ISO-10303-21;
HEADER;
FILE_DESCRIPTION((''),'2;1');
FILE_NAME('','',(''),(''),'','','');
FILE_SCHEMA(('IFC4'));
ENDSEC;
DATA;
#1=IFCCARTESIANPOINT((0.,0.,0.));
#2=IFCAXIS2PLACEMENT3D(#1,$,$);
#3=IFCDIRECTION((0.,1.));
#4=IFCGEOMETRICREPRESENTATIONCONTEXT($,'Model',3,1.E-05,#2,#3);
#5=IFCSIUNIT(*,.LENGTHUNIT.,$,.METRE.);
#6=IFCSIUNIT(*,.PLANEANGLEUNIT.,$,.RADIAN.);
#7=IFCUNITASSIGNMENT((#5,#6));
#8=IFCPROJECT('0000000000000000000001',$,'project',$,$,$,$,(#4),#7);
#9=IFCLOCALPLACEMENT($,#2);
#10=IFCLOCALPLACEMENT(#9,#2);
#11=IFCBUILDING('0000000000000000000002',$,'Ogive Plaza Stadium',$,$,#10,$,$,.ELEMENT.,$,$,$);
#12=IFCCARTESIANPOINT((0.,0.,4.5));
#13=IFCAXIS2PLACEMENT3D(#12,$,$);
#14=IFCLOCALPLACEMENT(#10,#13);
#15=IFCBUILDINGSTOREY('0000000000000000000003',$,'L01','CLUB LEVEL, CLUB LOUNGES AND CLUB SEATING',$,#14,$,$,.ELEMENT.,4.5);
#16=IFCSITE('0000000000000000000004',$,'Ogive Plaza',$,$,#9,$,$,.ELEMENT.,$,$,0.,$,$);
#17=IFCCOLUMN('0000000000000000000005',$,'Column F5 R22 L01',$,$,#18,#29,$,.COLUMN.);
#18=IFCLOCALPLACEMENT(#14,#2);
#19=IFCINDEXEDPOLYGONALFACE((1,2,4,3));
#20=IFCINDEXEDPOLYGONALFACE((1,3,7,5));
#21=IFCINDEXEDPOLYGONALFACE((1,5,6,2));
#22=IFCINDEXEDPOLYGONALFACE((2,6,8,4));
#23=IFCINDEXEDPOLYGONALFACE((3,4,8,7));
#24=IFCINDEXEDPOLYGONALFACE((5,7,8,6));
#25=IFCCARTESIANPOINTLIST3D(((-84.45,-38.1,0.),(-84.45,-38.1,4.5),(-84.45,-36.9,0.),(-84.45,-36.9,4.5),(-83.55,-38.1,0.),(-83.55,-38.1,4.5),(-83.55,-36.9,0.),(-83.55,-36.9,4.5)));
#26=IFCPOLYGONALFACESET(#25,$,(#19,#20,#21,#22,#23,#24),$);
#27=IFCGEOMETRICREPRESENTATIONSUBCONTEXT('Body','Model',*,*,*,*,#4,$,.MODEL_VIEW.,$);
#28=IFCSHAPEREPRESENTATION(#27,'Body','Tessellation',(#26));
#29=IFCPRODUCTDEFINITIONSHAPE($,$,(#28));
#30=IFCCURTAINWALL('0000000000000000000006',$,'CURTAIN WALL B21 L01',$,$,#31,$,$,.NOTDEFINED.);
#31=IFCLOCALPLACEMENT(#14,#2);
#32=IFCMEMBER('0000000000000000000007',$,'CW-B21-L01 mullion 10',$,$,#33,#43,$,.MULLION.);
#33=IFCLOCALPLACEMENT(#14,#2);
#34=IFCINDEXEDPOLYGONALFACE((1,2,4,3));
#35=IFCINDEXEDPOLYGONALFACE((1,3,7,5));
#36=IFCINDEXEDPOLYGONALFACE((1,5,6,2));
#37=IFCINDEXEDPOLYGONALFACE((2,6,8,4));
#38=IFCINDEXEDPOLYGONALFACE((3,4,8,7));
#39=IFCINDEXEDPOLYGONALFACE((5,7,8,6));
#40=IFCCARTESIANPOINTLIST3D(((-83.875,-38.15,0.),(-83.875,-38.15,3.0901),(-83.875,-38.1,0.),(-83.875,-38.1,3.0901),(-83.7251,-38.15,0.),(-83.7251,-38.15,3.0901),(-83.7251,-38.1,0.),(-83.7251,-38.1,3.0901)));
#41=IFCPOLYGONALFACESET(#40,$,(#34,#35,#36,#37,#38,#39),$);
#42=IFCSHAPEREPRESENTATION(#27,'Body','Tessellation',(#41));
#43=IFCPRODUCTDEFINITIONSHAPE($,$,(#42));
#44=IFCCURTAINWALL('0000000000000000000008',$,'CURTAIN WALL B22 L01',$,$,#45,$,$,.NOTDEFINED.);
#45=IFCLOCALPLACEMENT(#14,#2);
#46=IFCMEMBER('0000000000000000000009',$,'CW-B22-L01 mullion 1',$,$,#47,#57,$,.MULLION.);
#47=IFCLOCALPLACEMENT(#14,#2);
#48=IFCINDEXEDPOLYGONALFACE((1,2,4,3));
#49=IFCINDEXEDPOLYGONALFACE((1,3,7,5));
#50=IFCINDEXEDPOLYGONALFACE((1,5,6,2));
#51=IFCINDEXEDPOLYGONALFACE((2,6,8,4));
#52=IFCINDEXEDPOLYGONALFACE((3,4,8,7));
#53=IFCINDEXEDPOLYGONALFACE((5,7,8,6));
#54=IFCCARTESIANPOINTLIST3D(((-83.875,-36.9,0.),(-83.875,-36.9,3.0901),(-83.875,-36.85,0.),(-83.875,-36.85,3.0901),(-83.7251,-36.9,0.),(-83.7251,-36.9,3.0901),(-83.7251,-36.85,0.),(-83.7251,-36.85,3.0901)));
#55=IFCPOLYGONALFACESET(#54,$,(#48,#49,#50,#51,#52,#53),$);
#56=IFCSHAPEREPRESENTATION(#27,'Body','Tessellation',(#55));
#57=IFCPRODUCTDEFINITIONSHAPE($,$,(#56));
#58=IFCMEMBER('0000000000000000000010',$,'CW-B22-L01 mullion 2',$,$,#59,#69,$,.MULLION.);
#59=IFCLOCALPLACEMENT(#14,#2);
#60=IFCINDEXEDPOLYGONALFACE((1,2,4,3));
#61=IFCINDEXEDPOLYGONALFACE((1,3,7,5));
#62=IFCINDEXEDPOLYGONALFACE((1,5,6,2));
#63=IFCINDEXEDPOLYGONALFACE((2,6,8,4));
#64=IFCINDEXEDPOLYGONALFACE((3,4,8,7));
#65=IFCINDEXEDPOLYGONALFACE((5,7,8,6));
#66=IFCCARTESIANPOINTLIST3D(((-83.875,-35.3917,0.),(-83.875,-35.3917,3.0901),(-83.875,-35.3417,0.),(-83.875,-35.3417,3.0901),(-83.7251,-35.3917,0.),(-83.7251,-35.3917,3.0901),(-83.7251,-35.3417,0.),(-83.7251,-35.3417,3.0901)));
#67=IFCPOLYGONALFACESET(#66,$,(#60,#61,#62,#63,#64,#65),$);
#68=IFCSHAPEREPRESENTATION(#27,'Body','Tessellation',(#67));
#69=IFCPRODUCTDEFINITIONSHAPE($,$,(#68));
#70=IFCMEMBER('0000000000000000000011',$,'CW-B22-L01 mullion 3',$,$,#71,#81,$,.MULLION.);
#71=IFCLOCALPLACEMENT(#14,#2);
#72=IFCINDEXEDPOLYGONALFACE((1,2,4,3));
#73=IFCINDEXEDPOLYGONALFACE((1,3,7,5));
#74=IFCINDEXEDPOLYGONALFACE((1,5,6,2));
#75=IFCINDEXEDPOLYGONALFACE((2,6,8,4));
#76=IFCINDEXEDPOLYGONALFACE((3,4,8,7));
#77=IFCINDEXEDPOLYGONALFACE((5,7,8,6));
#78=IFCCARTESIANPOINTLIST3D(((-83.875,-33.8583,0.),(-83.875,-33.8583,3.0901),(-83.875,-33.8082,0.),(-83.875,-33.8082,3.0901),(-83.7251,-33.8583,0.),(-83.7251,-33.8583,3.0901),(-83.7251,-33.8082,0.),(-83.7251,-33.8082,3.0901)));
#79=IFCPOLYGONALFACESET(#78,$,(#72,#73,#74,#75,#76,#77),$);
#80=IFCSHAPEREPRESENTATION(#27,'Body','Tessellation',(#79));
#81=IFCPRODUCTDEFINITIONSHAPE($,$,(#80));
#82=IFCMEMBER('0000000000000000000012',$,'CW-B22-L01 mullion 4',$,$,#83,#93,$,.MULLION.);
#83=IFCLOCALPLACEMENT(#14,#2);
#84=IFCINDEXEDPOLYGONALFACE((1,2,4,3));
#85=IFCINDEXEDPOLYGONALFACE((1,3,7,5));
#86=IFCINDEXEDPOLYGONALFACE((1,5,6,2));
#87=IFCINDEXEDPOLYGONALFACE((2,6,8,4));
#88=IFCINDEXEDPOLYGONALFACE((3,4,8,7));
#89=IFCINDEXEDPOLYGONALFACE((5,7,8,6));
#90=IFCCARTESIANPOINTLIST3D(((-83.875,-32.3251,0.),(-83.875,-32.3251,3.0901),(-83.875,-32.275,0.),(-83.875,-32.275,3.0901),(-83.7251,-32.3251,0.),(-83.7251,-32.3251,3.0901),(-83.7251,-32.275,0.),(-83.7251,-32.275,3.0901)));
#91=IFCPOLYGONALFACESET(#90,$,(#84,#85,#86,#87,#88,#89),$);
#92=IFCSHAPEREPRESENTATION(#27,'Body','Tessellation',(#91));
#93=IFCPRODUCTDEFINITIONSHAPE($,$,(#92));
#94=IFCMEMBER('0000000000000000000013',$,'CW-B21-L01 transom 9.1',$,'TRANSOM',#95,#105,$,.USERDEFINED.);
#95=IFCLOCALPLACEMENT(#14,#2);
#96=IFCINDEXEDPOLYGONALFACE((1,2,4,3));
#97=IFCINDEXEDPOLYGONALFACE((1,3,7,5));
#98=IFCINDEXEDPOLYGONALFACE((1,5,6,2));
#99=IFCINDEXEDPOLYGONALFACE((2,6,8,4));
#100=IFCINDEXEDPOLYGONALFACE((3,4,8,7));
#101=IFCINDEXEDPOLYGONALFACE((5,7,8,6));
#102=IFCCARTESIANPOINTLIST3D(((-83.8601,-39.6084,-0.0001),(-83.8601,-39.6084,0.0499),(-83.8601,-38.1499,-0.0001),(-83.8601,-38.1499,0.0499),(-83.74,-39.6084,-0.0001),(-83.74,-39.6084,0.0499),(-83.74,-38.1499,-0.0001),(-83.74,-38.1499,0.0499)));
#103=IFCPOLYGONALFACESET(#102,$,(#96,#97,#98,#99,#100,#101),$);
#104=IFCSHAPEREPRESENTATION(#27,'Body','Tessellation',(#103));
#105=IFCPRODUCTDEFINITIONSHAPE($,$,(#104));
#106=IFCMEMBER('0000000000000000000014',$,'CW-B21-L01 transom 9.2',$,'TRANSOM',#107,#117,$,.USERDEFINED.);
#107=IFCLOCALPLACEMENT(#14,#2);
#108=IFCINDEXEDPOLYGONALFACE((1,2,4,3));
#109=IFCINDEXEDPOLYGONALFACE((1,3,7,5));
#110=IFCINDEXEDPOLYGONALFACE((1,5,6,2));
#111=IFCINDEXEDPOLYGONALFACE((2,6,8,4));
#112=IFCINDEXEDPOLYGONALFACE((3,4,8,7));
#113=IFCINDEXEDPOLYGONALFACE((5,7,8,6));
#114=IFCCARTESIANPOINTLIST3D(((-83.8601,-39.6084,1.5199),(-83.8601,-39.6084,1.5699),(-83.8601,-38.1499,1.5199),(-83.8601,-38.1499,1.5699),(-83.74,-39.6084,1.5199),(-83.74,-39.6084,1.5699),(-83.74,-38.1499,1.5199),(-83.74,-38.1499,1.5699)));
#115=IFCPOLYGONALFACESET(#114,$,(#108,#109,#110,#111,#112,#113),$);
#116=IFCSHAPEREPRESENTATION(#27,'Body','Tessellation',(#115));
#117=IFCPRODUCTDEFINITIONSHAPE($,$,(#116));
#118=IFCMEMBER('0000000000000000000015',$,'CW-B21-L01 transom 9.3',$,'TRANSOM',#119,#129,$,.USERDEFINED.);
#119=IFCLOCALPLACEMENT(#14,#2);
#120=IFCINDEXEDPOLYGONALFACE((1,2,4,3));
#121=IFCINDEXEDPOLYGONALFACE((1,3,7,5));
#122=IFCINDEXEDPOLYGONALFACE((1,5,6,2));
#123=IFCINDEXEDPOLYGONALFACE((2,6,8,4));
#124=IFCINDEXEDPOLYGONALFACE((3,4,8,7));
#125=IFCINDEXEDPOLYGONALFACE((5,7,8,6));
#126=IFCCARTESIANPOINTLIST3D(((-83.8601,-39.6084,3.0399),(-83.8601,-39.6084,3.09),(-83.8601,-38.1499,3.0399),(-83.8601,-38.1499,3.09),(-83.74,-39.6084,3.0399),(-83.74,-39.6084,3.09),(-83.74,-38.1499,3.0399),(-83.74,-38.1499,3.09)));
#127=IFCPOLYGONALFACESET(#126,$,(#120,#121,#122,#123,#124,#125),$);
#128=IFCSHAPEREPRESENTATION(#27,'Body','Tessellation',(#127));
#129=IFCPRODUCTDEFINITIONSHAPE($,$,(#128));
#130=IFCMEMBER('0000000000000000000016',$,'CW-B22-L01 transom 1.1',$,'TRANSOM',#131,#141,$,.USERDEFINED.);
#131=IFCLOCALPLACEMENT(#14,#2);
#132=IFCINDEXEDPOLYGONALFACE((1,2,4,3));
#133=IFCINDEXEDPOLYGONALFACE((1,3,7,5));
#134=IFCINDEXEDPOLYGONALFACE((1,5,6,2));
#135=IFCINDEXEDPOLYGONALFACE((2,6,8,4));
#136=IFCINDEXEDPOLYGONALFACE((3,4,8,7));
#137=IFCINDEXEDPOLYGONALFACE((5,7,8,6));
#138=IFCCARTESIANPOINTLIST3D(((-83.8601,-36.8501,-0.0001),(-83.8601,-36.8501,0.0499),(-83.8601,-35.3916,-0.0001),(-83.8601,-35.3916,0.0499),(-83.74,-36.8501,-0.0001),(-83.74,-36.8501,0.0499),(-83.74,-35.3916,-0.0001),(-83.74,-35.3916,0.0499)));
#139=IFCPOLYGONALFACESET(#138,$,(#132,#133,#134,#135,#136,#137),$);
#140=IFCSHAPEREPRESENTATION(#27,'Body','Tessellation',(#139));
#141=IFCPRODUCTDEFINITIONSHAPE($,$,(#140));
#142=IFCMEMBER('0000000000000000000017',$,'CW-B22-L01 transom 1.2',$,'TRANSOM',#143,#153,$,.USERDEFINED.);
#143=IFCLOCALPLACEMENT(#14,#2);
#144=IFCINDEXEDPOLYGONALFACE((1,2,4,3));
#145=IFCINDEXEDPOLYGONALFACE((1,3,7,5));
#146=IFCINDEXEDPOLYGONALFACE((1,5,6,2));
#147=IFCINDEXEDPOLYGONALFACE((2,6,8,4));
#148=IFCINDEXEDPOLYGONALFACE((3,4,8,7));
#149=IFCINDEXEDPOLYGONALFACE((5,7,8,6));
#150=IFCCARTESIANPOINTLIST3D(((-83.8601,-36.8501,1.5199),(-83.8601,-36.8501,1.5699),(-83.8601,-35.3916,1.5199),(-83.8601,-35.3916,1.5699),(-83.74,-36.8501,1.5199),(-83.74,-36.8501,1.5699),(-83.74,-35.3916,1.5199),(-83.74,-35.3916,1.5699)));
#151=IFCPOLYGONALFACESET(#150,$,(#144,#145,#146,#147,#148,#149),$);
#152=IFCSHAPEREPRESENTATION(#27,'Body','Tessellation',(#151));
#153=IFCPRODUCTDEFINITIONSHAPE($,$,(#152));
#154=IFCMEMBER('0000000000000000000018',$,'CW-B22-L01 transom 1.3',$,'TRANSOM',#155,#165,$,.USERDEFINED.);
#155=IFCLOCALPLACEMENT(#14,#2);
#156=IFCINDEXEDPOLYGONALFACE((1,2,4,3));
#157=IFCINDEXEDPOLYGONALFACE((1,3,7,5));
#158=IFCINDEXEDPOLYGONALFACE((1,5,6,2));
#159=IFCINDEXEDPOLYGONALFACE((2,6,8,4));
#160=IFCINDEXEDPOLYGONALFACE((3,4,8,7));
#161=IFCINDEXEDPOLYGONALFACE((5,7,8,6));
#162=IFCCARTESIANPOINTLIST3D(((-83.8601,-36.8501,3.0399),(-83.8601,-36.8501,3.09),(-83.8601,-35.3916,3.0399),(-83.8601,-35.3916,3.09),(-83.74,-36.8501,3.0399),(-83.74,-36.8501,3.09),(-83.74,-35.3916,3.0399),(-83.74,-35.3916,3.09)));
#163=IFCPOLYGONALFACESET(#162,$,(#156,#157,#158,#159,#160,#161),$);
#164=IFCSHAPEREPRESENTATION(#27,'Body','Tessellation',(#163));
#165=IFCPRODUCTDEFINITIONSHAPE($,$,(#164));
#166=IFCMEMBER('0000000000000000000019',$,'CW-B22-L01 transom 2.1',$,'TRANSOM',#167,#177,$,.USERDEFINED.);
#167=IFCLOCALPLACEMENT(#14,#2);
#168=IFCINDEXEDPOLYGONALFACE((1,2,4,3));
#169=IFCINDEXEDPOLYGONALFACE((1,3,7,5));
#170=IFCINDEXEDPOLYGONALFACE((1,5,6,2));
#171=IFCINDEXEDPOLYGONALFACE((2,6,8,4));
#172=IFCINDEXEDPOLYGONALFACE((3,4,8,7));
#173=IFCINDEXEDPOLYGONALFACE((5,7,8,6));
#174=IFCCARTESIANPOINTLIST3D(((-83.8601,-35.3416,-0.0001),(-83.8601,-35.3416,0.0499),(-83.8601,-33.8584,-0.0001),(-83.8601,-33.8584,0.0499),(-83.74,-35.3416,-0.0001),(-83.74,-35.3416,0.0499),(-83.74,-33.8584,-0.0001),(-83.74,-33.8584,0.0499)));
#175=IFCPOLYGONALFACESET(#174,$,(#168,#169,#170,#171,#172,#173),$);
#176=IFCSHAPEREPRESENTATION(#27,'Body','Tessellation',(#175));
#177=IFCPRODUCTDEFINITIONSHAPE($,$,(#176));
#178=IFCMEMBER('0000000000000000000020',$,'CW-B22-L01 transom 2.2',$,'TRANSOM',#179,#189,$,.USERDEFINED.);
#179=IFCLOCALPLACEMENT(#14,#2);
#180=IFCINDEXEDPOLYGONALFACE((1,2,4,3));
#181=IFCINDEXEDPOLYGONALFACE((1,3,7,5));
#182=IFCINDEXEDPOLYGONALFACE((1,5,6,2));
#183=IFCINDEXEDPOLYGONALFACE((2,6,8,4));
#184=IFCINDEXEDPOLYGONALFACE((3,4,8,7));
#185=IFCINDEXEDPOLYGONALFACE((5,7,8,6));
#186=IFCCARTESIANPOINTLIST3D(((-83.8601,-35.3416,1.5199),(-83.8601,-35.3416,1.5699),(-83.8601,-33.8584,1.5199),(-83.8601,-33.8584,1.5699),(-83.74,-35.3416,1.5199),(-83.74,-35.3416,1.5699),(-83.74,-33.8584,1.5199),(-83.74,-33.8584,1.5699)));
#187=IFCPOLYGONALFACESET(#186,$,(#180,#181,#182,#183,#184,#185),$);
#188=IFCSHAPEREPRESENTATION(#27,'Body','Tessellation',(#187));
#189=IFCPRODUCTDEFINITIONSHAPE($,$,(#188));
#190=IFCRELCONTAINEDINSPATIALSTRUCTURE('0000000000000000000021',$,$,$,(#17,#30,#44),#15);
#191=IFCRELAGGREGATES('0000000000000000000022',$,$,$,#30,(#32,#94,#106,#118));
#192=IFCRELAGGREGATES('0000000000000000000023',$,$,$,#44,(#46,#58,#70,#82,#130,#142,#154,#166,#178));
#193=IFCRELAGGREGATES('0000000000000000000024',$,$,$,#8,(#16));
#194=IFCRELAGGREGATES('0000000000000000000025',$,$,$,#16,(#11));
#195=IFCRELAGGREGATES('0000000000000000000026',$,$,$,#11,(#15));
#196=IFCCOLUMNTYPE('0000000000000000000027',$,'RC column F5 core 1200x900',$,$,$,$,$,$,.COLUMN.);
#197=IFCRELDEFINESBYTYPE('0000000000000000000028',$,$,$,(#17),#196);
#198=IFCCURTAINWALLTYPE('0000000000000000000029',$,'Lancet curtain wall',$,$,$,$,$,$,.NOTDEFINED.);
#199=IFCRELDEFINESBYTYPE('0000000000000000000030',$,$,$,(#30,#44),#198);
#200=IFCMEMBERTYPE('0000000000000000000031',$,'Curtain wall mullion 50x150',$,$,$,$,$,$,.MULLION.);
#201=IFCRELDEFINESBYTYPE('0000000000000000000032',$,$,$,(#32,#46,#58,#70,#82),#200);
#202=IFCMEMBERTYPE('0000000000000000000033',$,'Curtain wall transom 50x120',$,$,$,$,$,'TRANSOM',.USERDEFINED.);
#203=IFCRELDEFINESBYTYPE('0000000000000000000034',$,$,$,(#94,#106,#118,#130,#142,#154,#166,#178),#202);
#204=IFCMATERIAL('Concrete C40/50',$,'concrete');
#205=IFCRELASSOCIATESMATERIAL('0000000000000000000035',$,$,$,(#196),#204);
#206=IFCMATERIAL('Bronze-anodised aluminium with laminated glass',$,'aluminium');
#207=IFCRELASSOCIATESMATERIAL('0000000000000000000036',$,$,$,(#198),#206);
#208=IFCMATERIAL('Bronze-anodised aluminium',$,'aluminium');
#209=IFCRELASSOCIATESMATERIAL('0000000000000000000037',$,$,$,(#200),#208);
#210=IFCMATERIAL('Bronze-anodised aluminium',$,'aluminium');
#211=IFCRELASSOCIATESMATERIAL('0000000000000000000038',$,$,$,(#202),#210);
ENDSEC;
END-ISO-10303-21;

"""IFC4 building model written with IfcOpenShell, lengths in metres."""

from ifc_helpers import new_model, si_unit, direction, frame, origin, origin_2d, place, context, subcontext, project, spatial, rectangle, extrude, material, material_profile, profile_set, type_object, element, aggregate, save


model = new_model("IFC4")

# Units and contexts
model_context = context("Model", 3, precision=1e-05, world=origin(), true_north=direction((0.0, 1.0)))
body_context = subcontext(model_context, "Body", "Model", "MODEL_VIEW")
ifc_project = project(units=[si_unit("LENGTHUNIT", "METRE"), si_unit("PLANEANGLEUNIT", "RADIAN")], contexts=[model_context])

# Site, building, storey
site_placement = place(None, origin())
site = spatial("IfcSite", under=ifc_project, at=site_placement, Name="Ogive Plaza", CompositionType="ELEMENT", RefElevation=0.0)
building_placement = place(site_placement, origin())
building = spatial("IfcBuilding", under=site, at=building_placement, Name="Ogive Plaza Stadium", CompositionType="ELEMENT")
storey_placement = place(building_placement, frame((0.0, 0.0, 4.5)))
storey = spatial("IfcBuildingStorey", under=building, at=storey_placement, Name="L01", Description="CLUB LEVEL, CLUB LOUNGES AND CLUB SEATING", CompositionType="ELEMENT", Elevation=4.5)

# Column
ifc_material_1 = material(Name="Concrete C40/50", Category="concrete")
ifc_material_profile_1 = material_profile(ifc_material_1, rectangle(XDim=1.2, YDim=0.8999, at=origin_2d()), Name="RC 1200x900")
ifc_profile_set_1 = profile_set([ifc_material_profile_1], Name="Concrete C40/50")
column_type = type_object("IfcColumnType", Name="RC column F5 core 1200x900", PredefinedType="COLUMN", material=ifc_profile_set_1)
column_placement = place(storey_placement, frame((-84.0, -37.5, 0.0), z_axis=(0.0, 0.0, 1.0), x_axis=(0.0, -1.0, 0.0)))
element("IfcColumn", 1, at=column_placement, inside=storey, type_object=column_type, Name="Column F5 R22 L01", PredefinedType="COLUMN", context=body_context, shape_type="SweptSolid", body=[
    extrude(rectangle(XDim=1.2, YDim=0.8999, at=origin_2d()), origin(), (0.0, 0.0, 1.0), 4.5),
])

# Curtain wall, member
ifc_material_2 = material(Name="Bronze-anodised aluminium with laminated glass", Category="aluminium")
curtain_wall_type = type_object("IfcCurtainWallType", Name="Lancet curtain wall", PredefinedType="NOTDEFINED", material=ifc_material_2)
curtain_wall_1_placement = place(storey_placement, origin())
curtain_wall_1 = element("IfcCurtainWall", 2, at=curtain_wall_1_placement, inside=storey, type_object=curtain_wall_type, Name="CURTAIN WALL B21 L01", PredefinedType="NOTDEFINED")
ifc_material_3 = material(Name="Bronze-anodised aluminium", Category="aluminium")
ifc_material_profile_2 = material_profile(ifc_material_3, rectangle(XDim=0.1499, YDim=0.05, at=origin_2d()), Name="AL 150x50")
ifc_profile_set_2 = profile_set([ifc_material_profile_2], Name="Bronze-anodised aluminium")
member_type_1 = type_object("IfcMemberType", Name="Curtain wall mullion 50x150", PredefinedType="MULLION", material=ifc_profile_set_2)
member_1_placement = place(storey_placement, frame((-83.8, -38.125, 0.0), z_axis=(0.0, 0.0, 1.0), x_axis=(-1.0, 0.0, 0.0)))
member_1 = element("IfcMember", 3, at=member_1_placement, type_object=member_type_1, Name="CW-B21-L01 mullion 10", PredefinedType="MULLION", context=body_context, shape_type="SweptSolid", body=[
    extrude(rectangle(XDim=0.1499, YDim=0.05, at=origin_2d()), origin(), (0.0, 0.0, 1.0), 3.0901),
])

# Curtain wall, members
curtain_wall_2_placement = place(storey_placement, origin())
curtain_wall_2 = element("IfcCurtainWall", 4, at=curtain_wall_2_placement, inside=storey, type_object=curtain_wall_type, Name="CURTAIN WALL B22 L01", PredefinedType="NOTDEFINED")
member_2_placement = place(storey_placement, frame((-83.8, -36.875, 0.0), z_axis=(0.0, 0.0, 1.0), x_axis=(-1.0, 0.0, 0.0)))
member_2 = element("IfcMember", 5, at=member_2_placement, type_object=member_type_1, Name="CW-B22-L01 mullion 1", PredefinedType="MULLION", context=body_context, shape_type="SweptSolid", body=[
    extrude(rectangle(XDim=0.1499, YDim=0.05, at=origin_2d()), origin(), (0.0, 0.0, 1.0), 3.0901),
])
member_3_placement = place(storey_placement, frame((-83.8, -35.3667, 0.0), z_axis=(0.0, 0.0, 1.0), x_axis=(-1.0, 0.0, 0.0)))
member_3 = element("IfcMember", 6, at=member_3_placement, type_object=member_type_1, Name="CW-B22-L01 mullion 2", PredefinedType="MULLION", context=body_context, shape_type="SweptSolid", body=[
    extrude(rectangle(XDim=0.1499, YDim=0.05, at=origin_2d()), origin(), (0.0, 0.0, 1.0), 3.0901),
])
member_4_placement = place(storey_placement, frame((-83.8, -33.8333, 0.0), z_axis=(0.0, 0.0, 1.0), x_axis=(-1.0, 0.0, 0.0)))
member_4 = element("IfcMember", 7, at=member_4_placement, type_object=member_type_1, Name="CW-B22-L01 mullion 3", PredefinedType="MULLION", context=body_context, shape_type="SweptSolid", body=[
    extrude(rectangle(XDim=0.1499, YDim=0.05, at=origin_2d()), origin(), (0.0, 0.0, 1.0), 3.0901),
])
member_5_placement = place(storey_placement, frame((-83.8, -32.3, 0.0), z_axis=(0.0, 0.0, 1.0), x_axis=(-1.0, 0.0, 0.0)))
member_5 = element("IfcMember", 8, at=member_5_placement, type_object=member_type_1, Name="CW-B22-L01 mullion 4", PredefinedType="MULLION", context=body_context, shape_type="SweptSolid", body=[
    extrude(rectangle(XDim=0.1499, YDim=0.05, at=origin_2d()), origin(), (0.0, 0.0, 1.0), 3.0901),
])

# Members
ifc_material_4 = material(Name="Bronze-anodised aluminium", Category="aluminium")
ifc_material_profile_3 = material_profile(ifc_material_4, rectangle(XDim=0.1201, YDim=0.05, at=origin_2d()), Name="AL 120x50")
ifc_profile_set_3 = profile_set([ifc_material_profile_3], Name="Bronze-anodised aluminium")
member_type_2 = type_object("IfcMemberType", Name="Curtain wall transom 50x120", ElementType="TRANSOM", PredefinedType="USERDEFINED", material=ifc_profile_set_3)
member_6_placement = place(storey_placement, frame((-83.8, -39.6084, 0.0249), z_axis=(0.0, 1.0, 0.0), x_axis=(-1.0, 0.0, 0.0)))
member_6 = element("IfcMember", 9, at=member_6_placement, type_object=member_type_2, Name="CW-B21-L01 transom 9.1", ObjectType="TRANSOM", PredefinedType="USERDEFINED", context=body_context, shape_type="SweptSolid", body=[
    extrude(rectangle(XDim=0.1201, YDim=0.05, at=origin_2d()), origin(), (0.0, 0.0, 1.0), 1.4585),
])
member_7_placement = place(storey_placement, frame((-83.8, -39.6084, 1.5449), z_axis=(0.0, 1.0, 0.0), x_axis=(-1.0, 0.0, 0.0)))
member_7 = element("IfcMember", 10, at=member_7_placement, type_object=member_type_2, Name="CW-B21-L01 transom 9.2", ObjectType="TRANSOM", PredefinedType="USERDEFINED", context=body_context, shape_type="SweptSolid", body=[
    extrude(rectangle(XDim=0.1201, YDim=0.05, at=origin_2d()), origin(), (0.0, 0.0, 1.0), 1.4585),
])
member_8_placement = place(storey_placement, frame((-83.8, -39.6084, 3.0649), z_axis=(0.0, 1.0, 0.0), x_axis=(-1.0, 0.0, 0.0)))
member_8 = element("IfcMember", 11, at=member_8_placement, type_object=member_type_2, Name="CW-B21-L01 transom 9.3", ObjectType="TRANSOM", PredefinedType="USERDEFINED", context=body_context, shape_type="SweptSolid", body=[
    extrude(rectangle(XDim=0.1201, YDim=0.05, at=origin_2d()), origin(), (0.0, 0.0, 1.0), 1.4585),
])
member_9_placement = place(storey_placement, frame((-83.8, -36.8501, 0.0249), z_axis=(0.0, 1.0, 0.0), x_axis=(-1.0, 0.0, 0.0)))
member_9 = element("IfcMember", 12, at=member_9_placement, type_object=member_type_2, Name="CW-B22-L01 transom 1.1", ObjectType="TRANSOM", PredefinedType="USERDEFINED", context=body_context, shape_type="SweptSolid", body=[
    extrude(rectangle(XDim=0.1201, YDim=0.05, at=origin_2d()), origin(), (0.0, 0.0, 1.0), 1.4585),
])
member_10_placement = place(storey_placement, frame((-83.8, -36.8501, 1.5449), z_axis=(0.0, 1.0, 0.0), x_axis=(-1.0, 0.0, 0.0)))
member_10 = element("IfcMember", 13, at=member_10_placement, type_object=member_type_2, Name="CW-B22-L01 transom 1.2", ObjectType="TRANSOM", PredefinedType="USERDEFINED", context=body_context, shape_type="SweptSolid", body=[
    extrude(rectangle(XDim=0.1201, YDim=0.05, at=origin_2d()), origin(), (0.0, 0.0, 1.0), 1.4585),
])
member_11_placement = place(storey_placement, frame((-83.8, -36.8501, 3.0649), z_axis=(0.0, 1.0, 0.0), x_axis=(-1.0, 0.0, 0.0)))
member_11 = element("IfcMember", 14, at=member_11_placement, type_object=member_type_2, Name="CW-B22-L01 transom 1.3", ObjectType="TRANSOM", PredefinedType="USERDEFINED", context=body_context, shape_type="SweptSolid", body=[
    extrude(rectangle(XDim=0.1201, YDim=0.05, at=origin_2d()), origin(), (0.0, 0.0, 1.0), 1.4585),
])
member_12_placement = place(storey_placement, frame((-83.8, -35.3416, 0.0249), z_axis=(0.0, 1.0, 0.0), x_axis=(-1.0, 0.0, 0.0)))
member_12 = element("IfcMember", 15, at=member_12_placement, type_object=member_type_2, Name="CW-B22-L01 transom 2.1", ObjectType="TRANSOM", PredefinedType="USERDEFINED", context=body_context, shape_type="SweptSolid", body=[
    extrude(rectangle(XDim=0.1201, YDim=0.05, at=origin_2d()), origin(), (0.0, 0.0, 1.0), 1.4832),
])
member_13_placement = place(storey_placement, frame((-83.8, -35.3416, 1.5449), z_axis=(0.0, 1.0, 0.0), x_axis=(-1.0, 0.0, 0.0)))
member_13 = element("IfcMember", 16, at=member_13_placement, type_object=member_type_2, Name="CW-B22-L01 transom 2.2", ObjectType="TRANSOM", PredefinedType="USERDEFINED", context=body_context, shape_type="SweptSolid", body=[
    extrude(rectangle(XDim=0.1201, YDim=0.05, at=origin_2d()), origin(), (0.0, 0.0, 1.0), 1.4832),
])

aggregate(curtain_wall_1, [member_1, member_6, member_7, member_8])
aggregate(curtain_wall_2, [member_2, member_3, member_4, member_5, member_9, member_10, member_11, member_12, member_13])

save(model, "model.ifc")
